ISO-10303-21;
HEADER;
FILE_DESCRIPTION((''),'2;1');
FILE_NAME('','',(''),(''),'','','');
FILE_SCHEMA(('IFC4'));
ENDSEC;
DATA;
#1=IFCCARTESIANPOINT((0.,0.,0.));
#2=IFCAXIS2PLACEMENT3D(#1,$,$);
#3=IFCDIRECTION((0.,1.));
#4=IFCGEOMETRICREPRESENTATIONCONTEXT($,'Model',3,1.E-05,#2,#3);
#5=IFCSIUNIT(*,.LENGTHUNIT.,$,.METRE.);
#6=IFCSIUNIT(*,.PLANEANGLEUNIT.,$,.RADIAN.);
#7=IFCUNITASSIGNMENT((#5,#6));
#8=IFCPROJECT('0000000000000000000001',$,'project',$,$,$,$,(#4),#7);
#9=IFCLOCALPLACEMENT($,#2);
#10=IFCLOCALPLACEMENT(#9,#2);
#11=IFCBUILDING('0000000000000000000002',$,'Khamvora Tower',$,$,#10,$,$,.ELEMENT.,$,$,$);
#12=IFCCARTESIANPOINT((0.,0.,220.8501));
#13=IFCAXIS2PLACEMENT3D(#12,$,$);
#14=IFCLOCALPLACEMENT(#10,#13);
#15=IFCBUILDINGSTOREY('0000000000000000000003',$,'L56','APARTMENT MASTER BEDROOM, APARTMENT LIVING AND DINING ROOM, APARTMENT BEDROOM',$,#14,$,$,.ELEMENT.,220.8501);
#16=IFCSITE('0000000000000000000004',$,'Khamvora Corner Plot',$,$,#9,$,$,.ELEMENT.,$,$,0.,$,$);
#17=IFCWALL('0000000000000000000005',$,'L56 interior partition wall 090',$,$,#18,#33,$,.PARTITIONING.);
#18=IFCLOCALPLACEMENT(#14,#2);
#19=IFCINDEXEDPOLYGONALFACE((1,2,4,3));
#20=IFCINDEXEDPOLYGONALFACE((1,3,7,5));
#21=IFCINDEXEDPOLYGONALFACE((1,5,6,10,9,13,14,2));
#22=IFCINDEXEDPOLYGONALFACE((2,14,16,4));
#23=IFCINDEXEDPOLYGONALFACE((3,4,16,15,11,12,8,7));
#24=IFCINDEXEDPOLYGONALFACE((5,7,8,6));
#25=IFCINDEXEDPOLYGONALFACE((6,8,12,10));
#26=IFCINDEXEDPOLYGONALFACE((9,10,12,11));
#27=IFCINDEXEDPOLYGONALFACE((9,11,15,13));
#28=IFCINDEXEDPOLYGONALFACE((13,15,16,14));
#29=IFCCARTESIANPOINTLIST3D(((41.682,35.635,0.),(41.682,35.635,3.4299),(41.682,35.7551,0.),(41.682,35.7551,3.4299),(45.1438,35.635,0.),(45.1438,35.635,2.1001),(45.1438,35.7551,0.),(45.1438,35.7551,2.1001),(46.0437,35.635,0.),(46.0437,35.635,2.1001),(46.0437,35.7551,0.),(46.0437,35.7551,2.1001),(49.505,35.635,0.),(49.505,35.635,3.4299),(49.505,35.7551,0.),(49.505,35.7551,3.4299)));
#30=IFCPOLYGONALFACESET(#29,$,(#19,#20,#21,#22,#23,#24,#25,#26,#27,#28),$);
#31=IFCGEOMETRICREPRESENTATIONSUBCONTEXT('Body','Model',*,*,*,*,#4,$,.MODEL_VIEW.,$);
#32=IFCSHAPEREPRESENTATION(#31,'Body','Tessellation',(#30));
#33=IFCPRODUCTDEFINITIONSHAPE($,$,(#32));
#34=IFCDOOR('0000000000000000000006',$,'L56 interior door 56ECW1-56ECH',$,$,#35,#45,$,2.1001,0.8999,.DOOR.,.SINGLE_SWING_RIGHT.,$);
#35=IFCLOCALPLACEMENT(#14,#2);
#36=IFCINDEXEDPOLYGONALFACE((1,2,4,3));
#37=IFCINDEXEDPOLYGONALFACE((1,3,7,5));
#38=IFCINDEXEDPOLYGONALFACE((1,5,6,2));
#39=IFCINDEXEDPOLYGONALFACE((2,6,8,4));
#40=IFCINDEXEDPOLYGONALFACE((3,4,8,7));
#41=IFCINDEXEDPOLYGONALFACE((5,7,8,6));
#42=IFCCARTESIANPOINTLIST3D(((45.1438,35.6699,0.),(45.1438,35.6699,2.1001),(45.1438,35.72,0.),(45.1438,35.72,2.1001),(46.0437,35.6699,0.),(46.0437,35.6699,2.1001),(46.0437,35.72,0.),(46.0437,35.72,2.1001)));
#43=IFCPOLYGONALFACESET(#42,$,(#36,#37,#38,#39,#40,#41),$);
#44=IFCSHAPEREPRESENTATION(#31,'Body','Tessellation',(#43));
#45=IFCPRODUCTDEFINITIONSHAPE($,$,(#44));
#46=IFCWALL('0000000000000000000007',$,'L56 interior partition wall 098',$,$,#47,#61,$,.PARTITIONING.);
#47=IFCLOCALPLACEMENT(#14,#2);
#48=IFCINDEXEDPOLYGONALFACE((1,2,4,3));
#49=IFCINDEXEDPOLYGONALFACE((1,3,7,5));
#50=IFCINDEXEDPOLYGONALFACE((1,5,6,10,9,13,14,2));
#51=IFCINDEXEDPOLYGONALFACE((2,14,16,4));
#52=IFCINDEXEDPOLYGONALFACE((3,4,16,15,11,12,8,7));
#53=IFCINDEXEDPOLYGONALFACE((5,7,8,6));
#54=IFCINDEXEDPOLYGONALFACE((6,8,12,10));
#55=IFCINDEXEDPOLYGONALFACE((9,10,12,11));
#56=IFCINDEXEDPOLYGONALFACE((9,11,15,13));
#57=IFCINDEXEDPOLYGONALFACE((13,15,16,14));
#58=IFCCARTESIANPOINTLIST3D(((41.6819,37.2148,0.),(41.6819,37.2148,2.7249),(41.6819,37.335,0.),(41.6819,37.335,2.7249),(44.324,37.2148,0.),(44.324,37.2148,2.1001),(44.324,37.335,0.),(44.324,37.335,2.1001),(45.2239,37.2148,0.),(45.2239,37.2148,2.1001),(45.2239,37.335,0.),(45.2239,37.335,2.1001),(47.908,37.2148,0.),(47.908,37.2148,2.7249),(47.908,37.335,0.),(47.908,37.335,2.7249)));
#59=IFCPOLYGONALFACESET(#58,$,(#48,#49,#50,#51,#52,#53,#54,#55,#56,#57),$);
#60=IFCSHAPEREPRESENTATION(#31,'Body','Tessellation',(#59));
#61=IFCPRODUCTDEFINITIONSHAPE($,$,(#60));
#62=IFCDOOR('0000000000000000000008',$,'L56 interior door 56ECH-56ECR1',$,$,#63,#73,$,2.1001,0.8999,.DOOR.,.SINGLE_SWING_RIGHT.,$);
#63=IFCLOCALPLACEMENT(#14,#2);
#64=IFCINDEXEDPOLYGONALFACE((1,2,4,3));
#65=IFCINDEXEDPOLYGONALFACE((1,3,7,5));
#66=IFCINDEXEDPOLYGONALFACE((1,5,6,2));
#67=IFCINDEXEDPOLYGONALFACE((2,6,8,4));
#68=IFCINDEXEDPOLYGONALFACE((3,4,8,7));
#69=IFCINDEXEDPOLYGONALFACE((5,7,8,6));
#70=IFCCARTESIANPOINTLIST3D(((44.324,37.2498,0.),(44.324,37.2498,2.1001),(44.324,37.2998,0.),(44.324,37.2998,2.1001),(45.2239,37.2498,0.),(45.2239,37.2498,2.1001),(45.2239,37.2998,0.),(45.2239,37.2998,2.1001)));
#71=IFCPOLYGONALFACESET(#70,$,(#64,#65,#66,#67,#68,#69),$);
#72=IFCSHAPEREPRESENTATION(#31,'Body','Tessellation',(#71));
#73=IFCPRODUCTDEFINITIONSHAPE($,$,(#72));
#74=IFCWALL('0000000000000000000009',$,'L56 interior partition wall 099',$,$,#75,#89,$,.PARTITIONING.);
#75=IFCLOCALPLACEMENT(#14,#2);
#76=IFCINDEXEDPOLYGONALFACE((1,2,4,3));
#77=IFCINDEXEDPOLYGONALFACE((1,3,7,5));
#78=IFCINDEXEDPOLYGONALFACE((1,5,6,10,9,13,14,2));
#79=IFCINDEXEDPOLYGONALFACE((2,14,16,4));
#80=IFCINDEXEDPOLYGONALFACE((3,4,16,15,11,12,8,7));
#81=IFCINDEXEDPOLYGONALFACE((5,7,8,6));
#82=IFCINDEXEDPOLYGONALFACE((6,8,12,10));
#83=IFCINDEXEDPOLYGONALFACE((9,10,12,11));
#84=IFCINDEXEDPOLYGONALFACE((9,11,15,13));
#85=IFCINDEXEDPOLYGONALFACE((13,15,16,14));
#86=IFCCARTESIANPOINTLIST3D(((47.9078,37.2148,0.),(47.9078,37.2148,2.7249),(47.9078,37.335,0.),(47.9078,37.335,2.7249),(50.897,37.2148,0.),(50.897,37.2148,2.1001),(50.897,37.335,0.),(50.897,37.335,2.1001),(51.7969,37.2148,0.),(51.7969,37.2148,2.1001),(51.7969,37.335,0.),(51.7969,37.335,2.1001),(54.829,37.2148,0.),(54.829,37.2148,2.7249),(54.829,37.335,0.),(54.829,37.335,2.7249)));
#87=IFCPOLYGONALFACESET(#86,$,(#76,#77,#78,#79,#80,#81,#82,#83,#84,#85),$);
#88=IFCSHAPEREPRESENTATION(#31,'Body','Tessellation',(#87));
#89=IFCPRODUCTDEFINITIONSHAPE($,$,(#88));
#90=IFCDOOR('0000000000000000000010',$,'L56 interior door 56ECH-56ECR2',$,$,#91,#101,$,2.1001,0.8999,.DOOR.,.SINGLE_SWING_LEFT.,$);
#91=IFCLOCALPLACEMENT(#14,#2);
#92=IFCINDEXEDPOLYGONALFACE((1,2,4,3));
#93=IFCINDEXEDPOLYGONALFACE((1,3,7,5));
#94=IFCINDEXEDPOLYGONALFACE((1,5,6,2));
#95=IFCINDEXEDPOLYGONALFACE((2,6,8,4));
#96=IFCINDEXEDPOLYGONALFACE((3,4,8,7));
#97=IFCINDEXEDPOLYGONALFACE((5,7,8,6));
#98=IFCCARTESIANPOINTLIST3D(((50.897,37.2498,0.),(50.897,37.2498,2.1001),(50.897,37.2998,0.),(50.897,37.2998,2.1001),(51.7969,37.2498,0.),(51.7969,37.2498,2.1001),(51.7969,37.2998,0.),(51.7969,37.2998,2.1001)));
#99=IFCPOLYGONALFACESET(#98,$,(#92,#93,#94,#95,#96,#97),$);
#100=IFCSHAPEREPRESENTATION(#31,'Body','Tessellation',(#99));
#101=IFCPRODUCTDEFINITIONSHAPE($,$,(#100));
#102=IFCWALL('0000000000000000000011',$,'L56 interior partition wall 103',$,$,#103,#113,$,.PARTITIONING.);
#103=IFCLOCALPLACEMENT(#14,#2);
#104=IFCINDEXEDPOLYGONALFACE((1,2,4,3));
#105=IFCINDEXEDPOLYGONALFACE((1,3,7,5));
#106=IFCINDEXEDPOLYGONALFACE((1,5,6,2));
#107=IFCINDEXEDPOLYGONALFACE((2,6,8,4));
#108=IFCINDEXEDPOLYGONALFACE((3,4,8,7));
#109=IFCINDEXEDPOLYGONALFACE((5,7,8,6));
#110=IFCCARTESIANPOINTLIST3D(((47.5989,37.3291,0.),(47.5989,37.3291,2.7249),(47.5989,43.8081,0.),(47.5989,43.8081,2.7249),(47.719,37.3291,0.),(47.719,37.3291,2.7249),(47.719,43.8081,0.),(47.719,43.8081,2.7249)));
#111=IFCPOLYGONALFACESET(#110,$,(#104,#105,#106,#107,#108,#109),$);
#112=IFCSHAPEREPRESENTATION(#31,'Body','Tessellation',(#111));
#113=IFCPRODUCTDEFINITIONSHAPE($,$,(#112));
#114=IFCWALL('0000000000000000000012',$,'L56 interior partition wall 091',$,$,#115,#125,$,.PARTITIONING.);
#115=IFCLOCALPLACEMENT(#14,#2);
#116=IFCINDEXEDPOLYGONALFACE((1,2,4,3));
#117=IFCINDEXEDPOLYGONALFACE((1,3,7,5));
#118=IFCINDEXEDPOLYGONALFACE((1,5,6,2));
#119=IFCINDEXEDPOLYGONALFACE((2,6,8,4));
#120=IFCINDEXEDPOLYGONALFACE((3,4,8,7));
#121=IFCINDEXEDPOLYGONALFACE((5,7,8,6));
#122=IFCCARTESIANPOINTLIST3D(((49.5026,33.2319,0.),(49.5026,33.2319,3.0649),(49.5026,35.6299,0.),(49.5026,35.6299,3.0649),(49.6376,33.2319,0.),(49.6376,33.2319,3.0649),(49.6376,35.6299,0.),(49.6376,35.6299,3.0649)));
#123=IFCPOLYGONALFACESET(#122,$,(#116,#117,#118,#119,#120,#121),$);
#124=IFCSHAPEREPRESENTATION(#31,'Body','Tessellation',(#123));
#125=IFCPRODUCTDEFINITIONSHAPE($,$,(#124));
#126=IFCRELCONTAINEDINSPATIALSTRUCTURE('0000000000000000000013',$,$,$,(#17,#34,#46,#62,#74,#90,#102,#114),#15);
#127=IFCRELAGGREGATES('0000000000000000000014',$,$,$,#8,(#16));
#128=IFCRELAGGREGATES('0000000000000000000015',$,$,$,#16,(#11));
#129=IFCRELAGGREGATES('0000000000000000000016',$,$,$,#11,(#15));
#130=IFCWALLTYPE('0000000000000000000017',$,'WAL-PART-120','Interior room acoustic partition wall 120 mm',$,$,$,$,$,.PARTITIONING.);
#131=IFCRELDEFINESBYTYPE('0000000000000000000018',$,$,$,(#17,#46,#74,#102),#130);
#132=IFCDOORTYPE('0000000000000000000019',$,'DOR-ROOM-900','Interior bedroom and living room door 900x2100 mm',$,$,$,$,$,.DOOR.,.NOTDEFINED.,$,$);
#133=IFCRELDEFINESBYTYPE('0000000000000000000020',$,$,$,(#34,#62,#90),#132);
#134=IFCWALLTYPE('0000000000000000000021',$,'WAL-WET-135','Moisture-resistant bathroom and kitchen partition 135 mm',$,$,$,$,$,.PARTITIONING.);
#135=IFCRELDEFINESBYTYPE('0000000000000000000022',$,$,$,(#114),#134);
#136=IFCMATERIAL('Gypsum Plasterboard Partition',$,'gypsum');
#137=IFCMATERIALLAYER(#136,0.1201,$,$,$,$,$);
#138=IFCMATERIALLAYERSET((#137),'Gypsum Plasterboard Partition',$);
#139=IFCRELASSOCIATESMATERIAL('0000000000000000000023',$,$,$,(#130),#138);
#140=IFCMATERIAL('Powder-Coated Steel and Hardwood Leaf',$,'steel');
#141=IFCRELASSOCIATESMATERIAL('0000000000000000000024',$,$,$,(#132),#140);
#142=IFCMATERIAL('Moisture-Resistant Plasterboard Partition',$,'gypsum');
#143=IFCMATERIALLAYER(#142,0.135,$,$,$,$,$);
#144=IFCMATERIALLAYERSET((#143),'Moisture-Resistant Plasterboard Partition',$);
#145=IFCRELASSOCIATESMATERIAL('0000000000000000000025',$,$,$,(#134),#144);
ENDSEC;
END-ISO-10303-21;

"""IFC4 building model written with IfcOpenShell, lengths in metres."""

from ifc_helpers import new_model, si_unit, direction, frame, frame_2d, origin, place, context, subcontext, project, spatial, rectangle, extrude, material, layer, layer_set, type_object, element, fill, save


model = new_model("IFC4")

# Units and contexts
model_context = context("Model", 3, precision=1e-05, world=origin(), true_north=direction((0.0, 1.0)))
body_context = subcontext(model_context, "Body", "Model", "MODEL_VIEW")
ifc_project = project(units=[si_unit("LENGTHUNIT", "METRE"), si_unit("PLANEANGLEUNIT", "RADIAN")], contexts=[model_context])

# Site, building, storey
site_placement = place(None, origin())
site = spatial("IfcSite", under=ifc_project, at=site_placement, Name="Khamvora Corner Plot", CompositionType="ELEMENT", RefElevation=0.0)
building_placement = place(site_placement, origin())
building = spatial("IfcBuilding", under=site, at=building_placement, Name="Khamvora Tower", CompositionType="ELEMENT")
storey_placement = place(building_placement, frame((0.0, 0.0, 220.8501)))
storey = spatial("IfcBuildingStorey", under=building, at=storey_placement, Name="L56", Description="APARTMENT MASTER BEDROOM, APARTMENT LIVING AND DINING ROOM, APARTMENT BEDROOM", CompositionType="ELEMENT", Elevation=220.8501)

# Walls, openings, doors
ifc_material_1 = material(Name="Gypsum Plasterboard Partition", Category="gypsum")
ifc_layer_1 = layer(ifc_material_1, 0.1201)
ifc_layer_set_1 = layer_set([ifc_layer_1], Name="Gypsum Plasterboard Partition")
wall_type_1 = type_object("IfcWallType", Name="WAL-PART-120", Description="Interior room acoustic partition wall 120 mm", PredefinedType="PARTITIONING", material=ifc_layer_set_1)
ifc_material_2 = material(Name="Powder-Coated Steel and Hardwood Leaf", Category="steel")
door_type = type_object("IfcDoorType", Name="DOR-ROOM-900", Description="Interior bedroom and living room door 900x2100 mm", OperationType="NOTDEFINED", PredefinedType="DOOR", material=ifc_material_2)
wall_1_placement = place(storey_placement, frame((41.6819, 35.6951, 0.0), z_axis=(0.0, 0.0, 1.0), x_axis=(1.0, 0.0, 0.0)))
wall_1 = element("IfcWall", 1, at=wall_1_placement, inside=storey, type_object=wall_type_1, Name="L56 interior partition wall 090", PredefinedType="PARTITIONING", context=body_context, shape_type="SweptSolid", body=[
    extrude(rectangle(XDim=7.823, YDim=0.1201, at=frame_2d((3.9116, 0.0))), origin(), (0.0, 0.0, 1.0), 3.4299),
])
opening_1_placement = place(wall_1_placement, frame((3.4619, 0.0, 0.0)))
opening_1 = element("IfcOpeningElement", 2, at=opening_1_placement, cuts=wall_1, PredefinedType="OPENING", context=body_context, shape_type="SweptSolid", body=[
    extrude(rectangle(XDim=0.8999, YDim=2.1001, at=frame_2d((0.45, 1.05))), frame((0.0, 0.0701, 0.0), z_axis=(0.0, -1.0, 0.0), x_axis=(1.0, 0.0, 0.0)), (0.0, 0.0, 1.0), 0.1401),
])
door_1_placement = place(opening_1_placement, origin())
door_1 = element("IfcDoor", 3, at=door_1_placement, inside=storey, type_object=door_type, Name="L56 interior door 56ECW1-56ECH", OperationType="SINGLE_SWING_RIGHT", OverallHeight=2.1001, OverallWidth=0.8999, PredefinedType="DOOR", context=body_context, shape_type="SweptSolid", body=[
    extrude(rectangle(XDim=0.8999, YDim=2.1001, at=frame_2d((0.45, 1.05))), frame((0.0, 0.0249, 0.0), z_axis=(0.0, -1.0, 0.0), x_axis=(1.0, 0.0, 0.0)), (0.0, 0.0, 1.0), 0.05),
])
fill(opening_1, door_1)
wall_2_placement = place(storey_placement, frame((41.6819, 37.2749, 0.0), z_axis=(0.0, 0.0, 1.0), x_axis=(1.0, 0.0, 0.0)))
wall_2 = element("IfcWall", 4, at=wall_2_placement, inside=storey, type_object=wall_type_1, Name="L56 interior partition wall 098", PredefinedType="PARTITIONING", context=body_context, shape_type="SweptSolid", body=[
    extrude(rectangle(XDim=6.2261, YDim=0.1201, at=frame_2d((3.113, 0.0))), origin(), (0.0, 0.0, 1.0), 2.7249),
])
opening_2_placement = place(wall_2_placement, frame((2.6421, 0.0, 0.0)))
opening_2 = element("IfcOpeningElement", 5, at=opening_2_placement, cuts=wall_2, PredefinedType="OPENING", context=body_context, shape_type="SweptSolid", body=[
    extrude(rectangle(XDim=0.8999, YDim=2.1001, at=frame_2d((0.45, 1.05))), frame((0.0, 0.0701, 0.0), z_axis=(0.0, -1.0, 0.0), x_axis=(1.0, 0.0, 0.0)), (0.0, 0.0, 1.0), 0.1401),
])
door_2_placement = place(opening_2_placement, origin())
door_2 = element("IfcDoor", 6, at=door_2_placement, inside=storey, type_object=door_type, Name="L56 interior door 56ECH-56ECR1", OperationType="SINGLE_SWING_RIGHT", OverallHeight=2.1001, OverallWidth=0.8999, PredefinedType="DOOR", context=body_context, shape_type="SweptSolid", body=[
    extrude(rectangle(XDim=0.8999, YDim=2.1001, at=frame_2d((0.45, 1.05))), frame((0.0, 0.0249, 0.0), z_axis=(0.0, -1.0, 0.0), x_axis=(1.0, 0.0, 0.0)), (0.0, 0.0, 1.0), 0.05),
])
fill(opening_2, door_2)
wall_3_placement = place(storey_placement, frame((47.908, 37.2749, 0.0), z_axis=(0.0, 0.0, 1.0), x_axis=(1.0, 0.0, 0.0)))
wall_3 = element("IfcWall", 7, at=wall_3_placement, inside=storey, type_object=wall_type_1, Name="L56 interior partition wall 099", PredefinedType="PARTITIONING", context=body_context, shape_type="SweptSolid", body=[
    extrude(rectangle(XDim=6.9211, YDim=0.1201, at=frame_2d((3.4604, 0.0))), origin(), (0.0, 0.0, 1.0), 2.7249),
])
opening_3_placement = place(wall_3_placement, frame((2.989, 0.0, 0.0)))
opening_3 = element("IfcOpeningElement", 8, at=opening_3_placement, cuts=wall_3, PredefinedType="OPENING", context=body_context, shape_type="SweptSolid", body=[
    extrude(rectangle(XDim=0.8999, YDim=2.1001, at=frame_2d((0.45, 1.05))), frame((0.0, 0.0701, 0.0), z_axis=(0.0, -1.0, 0.0), x_axis=(1.0, 0.0, 0.0)), (0.0, 0.0, 1.0), 0.1401),
])
door_3_placement = place(opening_3_placement, origin())
door_3 = element("IfcDoor", 9, at=door_3_placement, inside=storey, type_object=door_type, Name="L56 interior door 56ECH-56ECR2", OperationType="SINGLE_SWING_LEFT", OverallHeight=2.1001, OverallWidth=0.8999, PredefinedType="DOOR", context=body_context, shape_type="SweptSolid", body=[
    extrude(rectangle(XDim=0.8999, YDim=2.1001, at=frame_2d((0.45, 1.05))), frame((0.0, 0.0249, 0.0), z_axis=(0.0, -1.0, 0.0), x_axis=(1.0, 0.0, 0.0)), (0.0, 0.0, 1.0), 0.05),
])
fill(opening_3, door_3)

# Walls
wall_4_placement = place(storey_placement, frame((47.6589, 43.8081, 0.0), z_axis=(0.0, 0.0, 1.0), x_axis=(0.0, -1.0, 0.0)))
element("IfcWall", 10, at=wall_4_placement, inside=storey, type_object=wall_type_1, Name="L56 interior partition wall 103", PredefinedType="PARTITIONING", context=body_context, shape_type="SweptSolid", body=[
    extrude(rectangle(XDim=6.479, YDim=0.1201, at=frame_2d((3.2395, 0.0))), origin(), (0.0, 0.0, 1.0), 2.7249),
])
ifc_material_3 = material(Name="Moisture-Resistant Plasterboard Partition", Category="gypsum")
ifc_layer_2 = layer(ifc_material_3, 0.135)
ifc_layer_set_2 = layer_set([ifc_layer_2], Name="Moisture-Resistant Plasterboard Partition")
wall_type_2 = type_object("IfcWallType", Name="WAL-WET-135", Description="Moisture-resistant bathroom and kitchen partition 135 mm", PredefinedType="PARTITIONING", material=ifc_layer_set_2)
wall_5_placement = place(storey_placement, frame((49.5701, 35.6299, 0.0), z_axis=(0.0, 0.0, 1.0), x_axis=(0.0, -1.0, 0.0)))
element("IfcWall", 11, at=wall_5_placement, inside=storey, type_object=wall_type_2, Name="L56 interior partition wall 091", PredefinedType="PARTITIONING", context=body_context, shape_type="SweptSolid", body=[
    extrude(rectangle(XDim=2.3979, YDim=0.135, at=frame_2d((1.199, 0.0))), origin(), (0.0, 0.0, 1.0), 3.0649),
])

save(model, "model.ifc")
